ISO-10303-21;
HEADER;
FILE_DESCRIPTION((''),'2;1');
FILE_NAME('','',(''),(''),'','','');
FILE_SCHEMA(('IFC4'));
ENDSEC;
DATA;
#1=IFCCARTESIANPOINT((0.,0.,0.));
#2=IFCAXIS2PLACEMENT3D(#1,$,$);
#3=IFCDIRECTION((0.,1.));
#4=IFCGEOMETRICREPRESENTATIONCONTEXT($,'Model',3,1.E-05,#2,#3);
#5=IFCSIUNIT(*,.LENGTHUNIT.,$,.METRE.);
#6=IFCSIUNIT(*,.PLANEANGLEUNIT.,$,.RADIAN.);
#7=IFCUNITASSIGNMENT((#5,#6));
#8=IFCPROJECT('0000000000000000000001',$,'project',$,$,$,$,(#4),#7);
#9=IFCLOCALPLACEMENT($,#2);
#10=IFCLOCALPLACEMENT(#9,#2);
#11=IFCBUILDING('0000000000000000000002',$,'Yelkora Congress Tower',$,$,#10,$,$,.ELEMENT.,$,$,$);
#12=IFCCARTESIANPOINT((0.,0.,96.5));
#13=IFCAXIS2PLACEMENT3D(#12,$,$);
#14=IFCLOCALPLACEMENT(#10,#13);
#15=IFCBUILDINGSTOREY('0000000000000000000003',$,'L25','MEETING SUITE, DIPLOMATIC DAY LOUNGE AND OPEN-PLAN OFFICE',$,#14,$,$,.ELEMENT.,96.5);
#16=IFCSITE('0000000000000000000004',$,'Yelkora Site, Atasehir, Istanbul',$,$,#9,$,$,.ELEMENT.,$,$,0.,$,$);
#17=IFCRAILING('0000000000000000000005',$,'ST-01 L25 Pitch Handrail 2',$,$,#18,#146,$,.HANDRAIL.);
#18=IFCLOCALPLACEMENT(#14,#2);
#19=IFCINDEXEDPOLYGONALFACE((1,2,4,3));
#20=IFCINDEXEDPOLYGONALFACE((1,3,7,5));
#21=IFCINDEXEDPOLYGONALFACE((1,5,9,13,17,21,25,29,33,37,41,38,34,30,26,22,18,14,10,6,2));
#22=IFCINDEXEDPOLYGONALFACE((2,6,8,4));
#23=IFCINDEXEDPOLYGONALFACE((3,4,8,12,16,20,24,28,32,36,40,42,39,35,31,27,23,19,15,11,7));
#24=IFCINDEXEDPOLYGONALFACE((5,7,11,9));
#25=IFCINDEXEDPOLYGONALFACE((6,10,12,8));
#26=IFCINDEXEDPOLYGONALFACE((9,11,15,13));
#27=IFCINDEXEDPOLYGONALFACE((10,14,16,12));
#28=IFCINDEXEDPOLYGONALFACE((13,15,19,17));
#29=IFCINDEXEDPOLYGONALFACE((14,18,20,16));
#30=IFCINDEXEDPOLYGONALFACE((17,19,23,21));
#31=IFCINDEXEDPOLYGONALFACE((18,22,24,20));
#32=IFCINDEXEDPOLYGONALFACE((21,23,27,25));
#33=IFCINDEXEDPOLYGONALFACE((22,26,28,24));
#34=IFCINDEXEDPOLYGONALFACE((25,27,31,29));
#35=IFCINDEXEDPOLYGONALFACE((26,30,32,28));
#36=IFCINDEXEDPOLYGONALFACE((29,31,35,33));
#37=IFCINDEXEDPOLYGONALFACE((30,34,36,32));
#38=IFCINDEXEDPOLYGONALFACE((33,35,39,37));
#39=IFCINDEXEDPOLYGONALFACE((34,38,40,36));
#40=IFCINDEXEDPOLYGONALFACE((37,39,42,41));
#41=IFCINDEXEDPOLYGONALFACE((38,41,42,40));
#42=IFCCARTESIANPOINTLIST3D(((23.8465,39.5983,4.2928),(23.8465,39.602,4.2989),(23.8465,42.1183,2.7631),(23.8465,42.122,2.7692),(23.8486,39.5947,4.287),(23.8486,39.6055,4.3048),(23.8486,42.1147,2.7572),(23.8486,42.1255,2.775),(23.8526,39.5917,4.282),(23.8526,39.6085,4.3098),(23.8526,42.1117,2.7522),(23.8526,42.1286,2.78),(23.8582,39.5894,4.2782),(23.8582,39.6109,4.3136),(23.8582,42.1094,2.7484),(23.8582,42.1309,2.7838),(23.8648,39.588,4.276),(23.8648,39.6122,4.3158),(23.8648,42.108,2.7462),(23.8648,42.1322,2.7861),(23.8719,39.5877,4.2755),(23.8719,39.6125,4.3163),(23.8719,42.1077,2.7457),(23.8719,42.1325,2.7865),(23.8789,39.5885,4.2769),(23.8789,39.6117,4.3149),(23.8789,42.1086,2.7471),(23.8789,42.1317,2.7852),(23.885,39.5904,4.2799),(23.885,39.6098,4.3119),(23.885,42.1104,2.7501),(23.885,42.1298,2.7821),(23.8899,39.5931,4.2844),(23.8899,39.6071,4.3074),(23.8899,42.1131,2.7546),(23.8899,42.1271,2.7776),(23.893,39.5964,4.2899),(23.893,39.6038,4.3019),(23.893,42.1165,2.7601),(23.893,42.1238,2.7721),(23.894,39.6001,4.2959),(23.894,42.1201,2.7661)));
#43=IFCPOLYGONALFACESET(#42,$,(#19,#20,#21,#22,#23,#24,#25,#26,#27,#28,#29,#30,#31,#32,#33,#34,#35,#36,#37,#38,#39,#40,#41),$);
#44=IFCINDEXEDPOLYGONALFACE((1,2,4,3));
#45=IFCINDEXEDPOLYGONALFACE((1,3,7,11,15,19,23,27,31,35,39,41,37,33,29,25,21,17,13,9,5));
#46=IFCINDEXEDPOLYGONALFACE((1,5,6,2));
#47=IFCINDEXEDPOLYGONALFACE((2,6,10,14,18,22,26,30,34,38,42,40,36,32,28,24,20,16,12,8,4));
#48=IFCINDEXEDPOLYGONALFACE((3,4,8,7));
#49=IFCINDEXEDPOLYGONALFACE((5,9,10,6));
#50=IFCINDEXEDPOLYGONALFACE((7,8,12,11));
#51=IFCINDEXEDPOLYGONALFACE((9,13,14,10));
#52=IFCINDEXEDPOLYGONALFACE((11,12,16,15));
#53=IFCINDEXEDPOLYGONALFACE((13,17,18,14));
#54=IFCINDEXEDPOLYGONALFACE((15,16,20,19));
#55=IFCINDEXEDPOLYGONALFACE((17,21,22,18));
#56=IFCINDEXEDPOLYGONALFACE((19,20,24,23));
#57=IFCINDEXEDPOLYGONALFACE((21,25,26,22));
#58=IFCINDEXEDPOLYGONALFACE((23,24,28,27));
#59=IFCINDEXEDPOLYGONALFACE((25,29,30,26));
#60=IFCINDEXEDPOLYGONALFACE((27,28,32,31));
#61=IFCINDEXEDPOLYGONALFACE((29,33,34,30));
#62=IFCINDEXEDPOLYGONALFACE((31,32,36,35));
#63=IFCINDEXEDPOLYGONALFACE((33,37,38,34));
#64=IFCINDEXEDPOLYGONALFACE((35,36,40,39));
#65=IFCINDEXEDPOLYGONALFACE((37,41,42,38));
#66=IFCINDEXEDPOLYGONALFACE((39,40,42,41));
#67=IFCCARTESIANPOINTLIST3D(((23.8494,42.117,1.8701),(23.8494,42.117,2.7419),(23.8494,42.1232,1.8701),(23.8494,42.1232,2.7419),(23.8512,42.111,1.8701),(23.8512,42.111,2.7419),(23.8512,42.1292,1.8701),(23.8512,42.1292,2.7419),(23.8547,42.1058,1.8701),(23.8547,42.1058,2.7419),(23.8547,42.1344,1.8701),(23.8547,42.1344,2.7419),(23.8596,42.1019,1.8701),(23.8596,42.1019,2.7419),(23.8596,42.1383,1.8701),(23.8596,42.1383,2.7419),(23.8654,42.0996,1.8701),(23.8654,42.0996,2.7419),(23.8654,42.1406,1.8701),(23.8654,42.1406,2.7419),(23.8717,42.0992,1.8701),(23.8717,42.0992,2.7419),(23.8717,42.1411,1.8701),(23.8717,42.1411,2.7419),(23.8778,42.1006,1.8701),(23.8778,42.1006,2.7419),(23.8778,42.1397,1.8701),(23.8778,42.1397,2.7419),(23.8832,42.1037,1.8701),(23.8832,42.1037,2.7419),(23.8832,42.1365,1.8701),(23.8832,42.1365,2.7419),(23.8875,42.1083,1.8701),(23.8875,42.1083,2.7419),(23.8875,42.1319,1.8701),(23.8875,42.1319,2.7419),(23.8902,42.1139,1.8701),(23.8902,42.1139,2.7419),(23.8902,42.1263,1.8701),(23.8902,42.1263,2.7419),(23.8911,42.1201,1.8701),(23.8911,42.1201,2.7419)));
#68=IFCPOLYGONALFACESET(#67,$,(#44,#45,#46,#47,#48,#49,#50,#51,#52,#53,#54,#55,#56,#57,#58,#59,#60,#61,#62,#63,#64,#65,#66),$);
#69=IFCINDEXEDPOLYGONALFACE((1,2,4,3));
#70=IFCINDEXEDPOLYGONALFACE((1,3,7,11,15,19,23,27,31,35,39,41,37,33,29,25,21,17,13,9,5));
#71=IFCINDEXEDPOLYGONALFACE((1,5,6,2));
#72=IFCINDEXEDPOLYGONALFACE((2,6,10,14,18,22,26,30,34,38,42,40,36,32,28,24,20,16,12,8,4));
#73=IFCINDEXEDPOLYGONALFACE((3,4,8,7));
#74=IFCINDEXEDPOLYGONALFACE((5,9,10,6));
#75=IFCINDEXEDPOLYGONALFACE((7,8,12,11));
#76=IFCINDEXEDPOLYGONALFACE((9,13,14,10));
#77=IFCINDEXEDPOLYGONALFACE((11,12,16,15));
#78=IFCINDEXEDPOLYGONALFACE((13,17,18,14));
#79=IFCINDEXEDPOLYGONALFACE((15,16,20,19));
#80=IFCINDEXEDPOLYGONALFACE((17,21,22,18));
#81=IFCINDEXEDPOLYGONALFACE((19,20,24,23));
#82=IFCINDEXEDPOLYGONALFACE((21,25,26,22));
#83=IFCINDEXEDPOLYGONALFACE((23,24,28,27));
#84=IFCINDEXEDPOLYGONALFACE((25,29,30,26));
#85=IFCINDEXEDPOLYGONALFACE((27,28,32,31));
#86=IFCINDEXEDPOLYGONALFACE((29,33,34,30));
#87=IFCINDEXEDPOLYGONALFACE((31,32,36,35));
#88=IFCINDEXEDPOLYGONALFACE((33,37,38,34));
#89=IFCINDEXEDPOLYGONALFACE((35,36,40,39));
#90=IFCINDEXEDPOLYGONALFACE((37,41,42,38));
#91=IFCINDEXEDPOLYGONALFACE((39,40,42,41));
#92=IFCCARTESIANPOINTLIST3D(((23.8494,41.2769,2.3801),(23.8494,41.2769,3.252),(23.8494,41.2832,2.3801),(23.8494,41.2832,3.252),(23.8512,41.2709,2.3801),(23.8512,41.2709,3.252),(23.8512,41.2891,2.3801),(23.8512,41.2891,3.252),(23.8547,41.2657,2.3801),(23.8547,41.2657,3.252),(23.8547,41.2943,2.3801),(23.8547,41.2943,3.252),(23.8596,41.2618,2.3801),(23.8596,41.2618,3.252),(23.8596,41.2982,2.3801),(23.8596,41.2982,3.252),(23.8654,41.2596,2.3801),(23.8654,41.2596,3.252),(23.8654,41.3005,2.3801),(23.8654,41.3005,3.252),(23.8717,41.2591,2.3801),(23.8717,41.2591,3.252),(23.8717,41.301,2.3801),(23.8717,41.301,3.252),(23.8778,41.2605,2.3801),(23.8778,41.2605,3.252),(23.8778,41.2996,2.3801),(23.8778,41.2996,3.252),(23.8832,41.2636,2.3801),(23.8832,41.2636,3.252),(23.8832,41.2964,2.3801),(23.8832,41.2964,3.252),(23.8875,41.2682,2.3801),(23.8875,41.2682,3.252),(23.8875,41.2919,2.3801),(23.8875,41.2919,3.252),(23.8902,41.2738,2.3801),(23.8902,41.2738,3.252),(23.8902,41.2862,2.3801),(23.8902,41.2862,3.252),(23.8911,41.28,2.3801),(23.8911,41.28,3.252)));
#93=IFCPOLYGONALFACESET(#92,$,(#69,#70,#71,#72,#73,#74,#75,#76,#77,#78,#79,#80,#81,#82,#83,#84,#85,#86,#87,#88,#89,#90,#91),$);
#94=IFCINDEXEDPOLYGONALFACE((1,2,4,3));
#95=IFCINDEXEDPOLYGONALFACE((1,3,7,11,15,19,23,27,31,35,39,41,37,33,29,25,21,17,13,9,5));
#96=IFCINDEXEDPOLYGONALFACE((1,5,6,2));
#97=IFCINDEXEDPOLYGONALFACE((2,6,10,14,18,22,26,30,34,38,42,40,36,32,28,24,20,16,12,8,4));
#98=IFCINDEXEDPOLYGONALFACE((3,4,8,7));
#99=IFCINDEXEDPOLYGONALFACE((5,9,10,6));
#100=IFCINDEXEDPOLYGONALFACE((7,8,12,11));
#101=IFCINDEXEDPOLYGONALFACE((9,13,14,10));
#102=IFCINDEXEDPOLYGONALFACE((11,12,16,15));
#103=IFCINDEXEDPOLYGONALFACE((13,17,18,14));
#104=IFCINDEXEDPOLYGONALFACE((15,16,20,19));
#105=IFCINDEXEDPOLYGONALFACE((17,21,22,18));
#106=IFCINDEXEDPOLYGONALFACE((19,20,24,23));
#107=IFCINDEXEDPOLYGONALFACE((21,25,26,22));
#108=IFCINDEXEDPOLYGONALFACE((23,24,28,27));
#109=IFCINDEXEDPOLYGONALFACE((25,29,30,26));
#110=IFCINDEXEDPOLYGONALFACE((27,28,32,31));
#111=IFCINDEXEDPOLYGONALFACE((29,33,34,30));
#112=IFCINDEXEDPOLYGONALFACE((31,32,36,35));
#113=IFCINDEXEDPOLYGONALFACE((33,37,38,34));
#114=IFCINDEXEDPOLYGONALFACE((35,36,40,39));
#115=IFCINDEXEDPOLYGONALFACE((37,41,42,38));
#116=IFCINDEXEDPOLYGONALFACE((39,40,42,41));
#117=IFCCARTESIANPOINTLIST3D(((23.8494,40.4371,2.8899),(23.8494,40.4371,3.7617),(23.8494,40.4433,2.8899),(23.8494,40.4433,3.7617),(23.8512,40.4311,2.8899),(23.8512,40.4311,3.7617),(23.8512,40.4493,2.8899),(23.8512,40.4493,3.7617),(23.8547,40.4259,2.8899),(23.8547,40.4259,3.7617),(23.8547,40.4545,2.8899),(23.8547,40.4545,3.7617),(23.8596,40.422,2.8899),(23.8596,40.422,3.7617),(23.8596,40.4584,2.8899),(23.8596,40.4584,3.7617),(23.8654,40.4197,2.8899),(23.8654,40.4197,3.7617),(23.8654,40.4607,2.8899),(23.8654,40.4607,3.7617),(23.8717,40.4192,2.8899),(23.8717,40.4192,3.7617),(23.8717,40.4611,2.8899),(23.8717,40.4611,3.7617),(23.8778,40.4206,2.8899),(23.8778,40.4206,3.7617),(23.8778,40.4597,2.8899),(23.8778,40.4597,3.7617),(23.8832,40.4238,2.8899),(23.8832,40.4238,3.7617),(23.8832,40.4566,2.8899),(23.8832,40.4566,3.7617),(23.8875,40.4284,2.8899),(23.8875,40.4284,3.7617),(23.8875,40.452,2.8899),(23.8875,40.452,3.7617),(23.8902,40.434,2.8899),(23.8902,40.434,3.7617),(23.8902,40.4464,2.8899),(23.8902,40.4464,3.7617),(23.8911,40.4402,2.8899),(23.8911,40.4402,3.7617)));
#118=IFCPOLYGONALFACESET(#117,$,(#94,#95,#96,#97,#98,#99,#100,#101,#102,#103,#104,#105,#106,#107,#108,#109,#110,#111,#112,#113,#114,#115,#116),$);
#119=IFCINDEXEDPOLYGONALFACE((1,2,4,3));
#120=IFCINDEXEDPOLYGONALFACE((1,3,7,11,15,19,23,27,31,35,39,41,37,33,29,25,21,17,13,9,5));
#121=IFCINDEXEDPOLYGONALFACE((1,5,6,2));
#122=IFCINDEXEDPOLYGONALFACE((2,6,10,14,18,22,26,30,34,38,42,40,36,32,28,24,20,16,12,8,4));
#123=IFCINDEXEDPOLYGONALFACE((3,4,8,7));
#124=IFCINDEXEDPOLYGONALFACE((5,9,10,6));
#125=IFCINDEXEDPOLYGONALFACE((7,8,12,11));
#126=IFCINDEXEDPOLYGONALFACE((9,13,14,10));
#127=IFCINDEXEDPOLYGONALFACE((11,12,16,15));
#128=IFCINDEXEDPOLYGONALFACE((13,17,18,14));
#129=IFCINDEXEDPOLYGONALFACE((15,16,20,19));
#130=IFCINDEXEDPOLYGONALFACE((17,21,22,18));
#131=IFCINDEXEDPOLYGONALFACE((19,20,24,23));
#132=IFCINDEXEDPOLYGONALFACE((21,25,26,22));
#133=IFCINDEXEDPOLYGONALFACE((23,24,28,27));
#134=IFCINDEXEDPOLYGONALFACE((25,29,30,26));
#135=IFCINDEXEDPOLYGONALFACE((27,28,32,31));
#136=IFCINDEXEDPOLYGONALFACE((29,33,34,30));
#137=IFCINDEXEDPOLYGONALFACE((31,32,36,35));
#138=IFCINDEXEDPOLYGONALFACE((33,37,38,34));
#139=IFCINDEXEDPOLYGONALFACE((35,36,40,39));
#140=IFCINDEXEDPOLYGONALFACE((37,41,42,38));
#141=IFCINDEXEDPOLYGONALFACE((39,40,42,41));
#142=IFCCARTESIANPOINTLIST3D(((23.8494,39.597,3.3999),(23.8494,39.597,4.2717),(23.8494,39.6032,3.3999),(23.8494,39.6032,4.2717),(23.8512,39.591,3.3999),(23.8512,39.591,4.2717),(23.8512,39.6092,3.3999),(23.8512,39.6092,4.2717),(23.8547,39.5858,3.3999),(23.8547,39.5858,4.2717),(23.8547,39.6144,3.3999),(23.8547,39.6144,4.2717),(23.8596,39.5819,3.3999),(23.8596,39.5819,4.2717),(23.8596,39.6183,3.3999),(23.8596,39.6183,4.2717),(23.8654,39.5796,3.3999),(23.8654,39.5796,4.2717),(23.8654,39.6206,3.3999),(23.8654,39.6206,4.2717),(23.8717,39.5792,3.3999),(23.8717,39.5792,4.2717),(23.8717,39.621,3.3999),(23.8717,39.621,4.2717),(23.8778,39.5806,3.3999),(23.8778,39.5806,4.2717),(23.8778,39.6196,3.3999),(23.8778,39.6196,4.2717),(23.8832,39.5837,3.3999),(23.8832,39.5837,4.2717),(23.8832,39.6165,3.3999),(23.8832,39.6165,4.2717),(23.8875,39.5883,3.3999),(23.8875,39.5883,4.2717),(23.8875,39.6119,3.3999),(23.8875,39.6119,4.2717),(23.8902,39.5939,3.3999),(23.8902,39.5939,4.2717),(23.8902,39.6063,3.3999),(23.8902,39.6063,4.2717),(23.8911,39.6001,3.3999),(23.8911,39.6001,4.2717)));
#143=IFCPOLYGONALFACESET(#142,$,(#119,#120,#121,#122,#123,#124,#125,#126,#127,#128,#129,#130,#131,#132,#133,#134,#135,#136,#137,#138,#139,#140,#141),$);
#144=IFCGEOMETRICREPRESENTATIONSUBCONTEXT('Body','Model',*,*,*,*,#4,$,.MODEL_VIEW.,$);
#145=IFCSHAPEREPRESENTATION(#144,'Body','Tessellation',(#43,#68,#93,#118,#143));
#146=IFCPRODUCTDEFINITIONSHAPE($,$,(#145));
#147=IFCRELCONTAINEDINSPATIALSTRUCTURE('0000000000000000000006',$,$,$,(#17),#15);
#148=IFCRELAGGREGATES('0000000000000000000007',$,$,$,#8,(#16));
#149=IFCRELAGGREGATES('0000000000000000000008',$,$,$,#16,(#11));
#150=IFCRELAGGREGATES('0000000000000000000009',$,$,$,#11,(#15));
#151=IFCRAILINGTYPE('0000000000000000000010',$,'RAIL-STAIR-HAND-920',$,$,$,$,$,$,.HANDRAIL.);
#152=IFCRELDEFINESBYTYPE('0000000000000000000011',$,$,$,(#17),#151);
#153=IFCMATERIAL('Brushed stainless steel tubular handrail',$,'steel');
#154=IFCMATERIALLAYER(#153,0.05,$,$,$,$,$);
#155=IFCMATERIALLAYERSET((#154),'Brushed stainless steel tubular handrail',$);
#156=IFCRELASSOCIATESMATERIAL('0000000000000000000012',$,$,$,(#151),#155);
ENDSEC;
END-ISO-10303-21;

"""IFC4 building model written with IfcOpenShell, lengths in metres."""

from ifc_helpers import new_model, si_unit, direction, frame, origin, origin_2d, place, context, subcontext, project, spatial, circle, extrude, material, layer, layer_set, type_object, element, save


model = new_model("IFC4")

# Units and contexts
model_context = context("Model", 3, precision=1e-05, world=origin(), true_north=direction((0.0, 1.0)))
body_context = subcontext(model_context, "Body", "Model", "MODEL_VIEW")
ifc_project = project(units=[si_unit("LENGTHUNIT", "METRE"), si_unit("PLANEANGLEUNIT", "RADIAN")], contexts=[model_context])

# Site, building, storey
site_placement = place(None, origin())
site = spatial("IfcSite", under=ifc_project, at=site_placement, Name="Yelkora Site, Atasehir, Istanbul", CompositionType="ELEMENT", RefElevation=0.0)
building_placement = place(site_placement, origin())
building = spatial("IfcBuilding", under=site, at=building_placement, Name="Yelkora Congress Tower", CompositionType="ELEMENT")
storey_placement = place(building_placement, frame((0.0, 0.0, 96.5)))
storey = spatial("IfcBuildingStorey", under=building, at=storey_placement, Name="L25", Description="MEETING SUITE, DIPLOMATIC DAY LOUNGE AND OPEN-PLAN OFFICE", CompositionType="ELEMENT", Elevation=96.5)

# Railing
ifc_material_1 = material(Name="Brushed stainless steel tubular handrail", Category="steel")
ifc_layer_1 = layer(ifc_material_1, 0.05)
ifc_layer_set_1 = layer_set([ifc_layer_1], Name="Brushed stainless steel tubular handrail")
railing_type_1 = type_object("IfcRailingType", Name="RAIL-STAIR-HAND-920", PredefinedType="HANDRAIL", material=ifc_layer_set_1)
railing_1_placement = place(storey_placement, frame((23.8701, 42.1201, 1.8701)))
element("IfcRailing", 1, at=railing_1_placement, inside=storey, type_object=railing_type_1, Name="ST-01 L25 Pitch Handrail 2", PredefinedType="HANDRAIL", context=body_context, shape_type="SweptSolid", body=[
    extrude(circle(Radius=0.0239, at=origin_2d()), frame((0.0, 0.0, 0.896), z_axis=(0.0, -0.854822, 0.518922), x_axis=(1.0, 0.0, 0.0)), (0.0, 0.0, 1.0), 2.948),
    extrude(circle(Radius=0.021, at=origin_2d()), origin(), (0.0, 0.0, 1.0), 0.8718),
    extrude(circle(Radius=0.021, at=origin_2d()), frame((0.0, -0.8401, 0.51)), (0.0, 0.0, 1.0), 0.8718),
    extrude(circle(Radius=0.021, at=origin_2d()), frame((0.0, -1.6799, 1.0198)), (0.0, 0.0, 1.0), 0.8718),
    extrude(circle(Radius=0.021, at=origin_2d()), frame((0.0, -2.52, 1.5298)), (0.0, 0.0, 1.0), 0.8718),
])

save(model, "model.ifc")
